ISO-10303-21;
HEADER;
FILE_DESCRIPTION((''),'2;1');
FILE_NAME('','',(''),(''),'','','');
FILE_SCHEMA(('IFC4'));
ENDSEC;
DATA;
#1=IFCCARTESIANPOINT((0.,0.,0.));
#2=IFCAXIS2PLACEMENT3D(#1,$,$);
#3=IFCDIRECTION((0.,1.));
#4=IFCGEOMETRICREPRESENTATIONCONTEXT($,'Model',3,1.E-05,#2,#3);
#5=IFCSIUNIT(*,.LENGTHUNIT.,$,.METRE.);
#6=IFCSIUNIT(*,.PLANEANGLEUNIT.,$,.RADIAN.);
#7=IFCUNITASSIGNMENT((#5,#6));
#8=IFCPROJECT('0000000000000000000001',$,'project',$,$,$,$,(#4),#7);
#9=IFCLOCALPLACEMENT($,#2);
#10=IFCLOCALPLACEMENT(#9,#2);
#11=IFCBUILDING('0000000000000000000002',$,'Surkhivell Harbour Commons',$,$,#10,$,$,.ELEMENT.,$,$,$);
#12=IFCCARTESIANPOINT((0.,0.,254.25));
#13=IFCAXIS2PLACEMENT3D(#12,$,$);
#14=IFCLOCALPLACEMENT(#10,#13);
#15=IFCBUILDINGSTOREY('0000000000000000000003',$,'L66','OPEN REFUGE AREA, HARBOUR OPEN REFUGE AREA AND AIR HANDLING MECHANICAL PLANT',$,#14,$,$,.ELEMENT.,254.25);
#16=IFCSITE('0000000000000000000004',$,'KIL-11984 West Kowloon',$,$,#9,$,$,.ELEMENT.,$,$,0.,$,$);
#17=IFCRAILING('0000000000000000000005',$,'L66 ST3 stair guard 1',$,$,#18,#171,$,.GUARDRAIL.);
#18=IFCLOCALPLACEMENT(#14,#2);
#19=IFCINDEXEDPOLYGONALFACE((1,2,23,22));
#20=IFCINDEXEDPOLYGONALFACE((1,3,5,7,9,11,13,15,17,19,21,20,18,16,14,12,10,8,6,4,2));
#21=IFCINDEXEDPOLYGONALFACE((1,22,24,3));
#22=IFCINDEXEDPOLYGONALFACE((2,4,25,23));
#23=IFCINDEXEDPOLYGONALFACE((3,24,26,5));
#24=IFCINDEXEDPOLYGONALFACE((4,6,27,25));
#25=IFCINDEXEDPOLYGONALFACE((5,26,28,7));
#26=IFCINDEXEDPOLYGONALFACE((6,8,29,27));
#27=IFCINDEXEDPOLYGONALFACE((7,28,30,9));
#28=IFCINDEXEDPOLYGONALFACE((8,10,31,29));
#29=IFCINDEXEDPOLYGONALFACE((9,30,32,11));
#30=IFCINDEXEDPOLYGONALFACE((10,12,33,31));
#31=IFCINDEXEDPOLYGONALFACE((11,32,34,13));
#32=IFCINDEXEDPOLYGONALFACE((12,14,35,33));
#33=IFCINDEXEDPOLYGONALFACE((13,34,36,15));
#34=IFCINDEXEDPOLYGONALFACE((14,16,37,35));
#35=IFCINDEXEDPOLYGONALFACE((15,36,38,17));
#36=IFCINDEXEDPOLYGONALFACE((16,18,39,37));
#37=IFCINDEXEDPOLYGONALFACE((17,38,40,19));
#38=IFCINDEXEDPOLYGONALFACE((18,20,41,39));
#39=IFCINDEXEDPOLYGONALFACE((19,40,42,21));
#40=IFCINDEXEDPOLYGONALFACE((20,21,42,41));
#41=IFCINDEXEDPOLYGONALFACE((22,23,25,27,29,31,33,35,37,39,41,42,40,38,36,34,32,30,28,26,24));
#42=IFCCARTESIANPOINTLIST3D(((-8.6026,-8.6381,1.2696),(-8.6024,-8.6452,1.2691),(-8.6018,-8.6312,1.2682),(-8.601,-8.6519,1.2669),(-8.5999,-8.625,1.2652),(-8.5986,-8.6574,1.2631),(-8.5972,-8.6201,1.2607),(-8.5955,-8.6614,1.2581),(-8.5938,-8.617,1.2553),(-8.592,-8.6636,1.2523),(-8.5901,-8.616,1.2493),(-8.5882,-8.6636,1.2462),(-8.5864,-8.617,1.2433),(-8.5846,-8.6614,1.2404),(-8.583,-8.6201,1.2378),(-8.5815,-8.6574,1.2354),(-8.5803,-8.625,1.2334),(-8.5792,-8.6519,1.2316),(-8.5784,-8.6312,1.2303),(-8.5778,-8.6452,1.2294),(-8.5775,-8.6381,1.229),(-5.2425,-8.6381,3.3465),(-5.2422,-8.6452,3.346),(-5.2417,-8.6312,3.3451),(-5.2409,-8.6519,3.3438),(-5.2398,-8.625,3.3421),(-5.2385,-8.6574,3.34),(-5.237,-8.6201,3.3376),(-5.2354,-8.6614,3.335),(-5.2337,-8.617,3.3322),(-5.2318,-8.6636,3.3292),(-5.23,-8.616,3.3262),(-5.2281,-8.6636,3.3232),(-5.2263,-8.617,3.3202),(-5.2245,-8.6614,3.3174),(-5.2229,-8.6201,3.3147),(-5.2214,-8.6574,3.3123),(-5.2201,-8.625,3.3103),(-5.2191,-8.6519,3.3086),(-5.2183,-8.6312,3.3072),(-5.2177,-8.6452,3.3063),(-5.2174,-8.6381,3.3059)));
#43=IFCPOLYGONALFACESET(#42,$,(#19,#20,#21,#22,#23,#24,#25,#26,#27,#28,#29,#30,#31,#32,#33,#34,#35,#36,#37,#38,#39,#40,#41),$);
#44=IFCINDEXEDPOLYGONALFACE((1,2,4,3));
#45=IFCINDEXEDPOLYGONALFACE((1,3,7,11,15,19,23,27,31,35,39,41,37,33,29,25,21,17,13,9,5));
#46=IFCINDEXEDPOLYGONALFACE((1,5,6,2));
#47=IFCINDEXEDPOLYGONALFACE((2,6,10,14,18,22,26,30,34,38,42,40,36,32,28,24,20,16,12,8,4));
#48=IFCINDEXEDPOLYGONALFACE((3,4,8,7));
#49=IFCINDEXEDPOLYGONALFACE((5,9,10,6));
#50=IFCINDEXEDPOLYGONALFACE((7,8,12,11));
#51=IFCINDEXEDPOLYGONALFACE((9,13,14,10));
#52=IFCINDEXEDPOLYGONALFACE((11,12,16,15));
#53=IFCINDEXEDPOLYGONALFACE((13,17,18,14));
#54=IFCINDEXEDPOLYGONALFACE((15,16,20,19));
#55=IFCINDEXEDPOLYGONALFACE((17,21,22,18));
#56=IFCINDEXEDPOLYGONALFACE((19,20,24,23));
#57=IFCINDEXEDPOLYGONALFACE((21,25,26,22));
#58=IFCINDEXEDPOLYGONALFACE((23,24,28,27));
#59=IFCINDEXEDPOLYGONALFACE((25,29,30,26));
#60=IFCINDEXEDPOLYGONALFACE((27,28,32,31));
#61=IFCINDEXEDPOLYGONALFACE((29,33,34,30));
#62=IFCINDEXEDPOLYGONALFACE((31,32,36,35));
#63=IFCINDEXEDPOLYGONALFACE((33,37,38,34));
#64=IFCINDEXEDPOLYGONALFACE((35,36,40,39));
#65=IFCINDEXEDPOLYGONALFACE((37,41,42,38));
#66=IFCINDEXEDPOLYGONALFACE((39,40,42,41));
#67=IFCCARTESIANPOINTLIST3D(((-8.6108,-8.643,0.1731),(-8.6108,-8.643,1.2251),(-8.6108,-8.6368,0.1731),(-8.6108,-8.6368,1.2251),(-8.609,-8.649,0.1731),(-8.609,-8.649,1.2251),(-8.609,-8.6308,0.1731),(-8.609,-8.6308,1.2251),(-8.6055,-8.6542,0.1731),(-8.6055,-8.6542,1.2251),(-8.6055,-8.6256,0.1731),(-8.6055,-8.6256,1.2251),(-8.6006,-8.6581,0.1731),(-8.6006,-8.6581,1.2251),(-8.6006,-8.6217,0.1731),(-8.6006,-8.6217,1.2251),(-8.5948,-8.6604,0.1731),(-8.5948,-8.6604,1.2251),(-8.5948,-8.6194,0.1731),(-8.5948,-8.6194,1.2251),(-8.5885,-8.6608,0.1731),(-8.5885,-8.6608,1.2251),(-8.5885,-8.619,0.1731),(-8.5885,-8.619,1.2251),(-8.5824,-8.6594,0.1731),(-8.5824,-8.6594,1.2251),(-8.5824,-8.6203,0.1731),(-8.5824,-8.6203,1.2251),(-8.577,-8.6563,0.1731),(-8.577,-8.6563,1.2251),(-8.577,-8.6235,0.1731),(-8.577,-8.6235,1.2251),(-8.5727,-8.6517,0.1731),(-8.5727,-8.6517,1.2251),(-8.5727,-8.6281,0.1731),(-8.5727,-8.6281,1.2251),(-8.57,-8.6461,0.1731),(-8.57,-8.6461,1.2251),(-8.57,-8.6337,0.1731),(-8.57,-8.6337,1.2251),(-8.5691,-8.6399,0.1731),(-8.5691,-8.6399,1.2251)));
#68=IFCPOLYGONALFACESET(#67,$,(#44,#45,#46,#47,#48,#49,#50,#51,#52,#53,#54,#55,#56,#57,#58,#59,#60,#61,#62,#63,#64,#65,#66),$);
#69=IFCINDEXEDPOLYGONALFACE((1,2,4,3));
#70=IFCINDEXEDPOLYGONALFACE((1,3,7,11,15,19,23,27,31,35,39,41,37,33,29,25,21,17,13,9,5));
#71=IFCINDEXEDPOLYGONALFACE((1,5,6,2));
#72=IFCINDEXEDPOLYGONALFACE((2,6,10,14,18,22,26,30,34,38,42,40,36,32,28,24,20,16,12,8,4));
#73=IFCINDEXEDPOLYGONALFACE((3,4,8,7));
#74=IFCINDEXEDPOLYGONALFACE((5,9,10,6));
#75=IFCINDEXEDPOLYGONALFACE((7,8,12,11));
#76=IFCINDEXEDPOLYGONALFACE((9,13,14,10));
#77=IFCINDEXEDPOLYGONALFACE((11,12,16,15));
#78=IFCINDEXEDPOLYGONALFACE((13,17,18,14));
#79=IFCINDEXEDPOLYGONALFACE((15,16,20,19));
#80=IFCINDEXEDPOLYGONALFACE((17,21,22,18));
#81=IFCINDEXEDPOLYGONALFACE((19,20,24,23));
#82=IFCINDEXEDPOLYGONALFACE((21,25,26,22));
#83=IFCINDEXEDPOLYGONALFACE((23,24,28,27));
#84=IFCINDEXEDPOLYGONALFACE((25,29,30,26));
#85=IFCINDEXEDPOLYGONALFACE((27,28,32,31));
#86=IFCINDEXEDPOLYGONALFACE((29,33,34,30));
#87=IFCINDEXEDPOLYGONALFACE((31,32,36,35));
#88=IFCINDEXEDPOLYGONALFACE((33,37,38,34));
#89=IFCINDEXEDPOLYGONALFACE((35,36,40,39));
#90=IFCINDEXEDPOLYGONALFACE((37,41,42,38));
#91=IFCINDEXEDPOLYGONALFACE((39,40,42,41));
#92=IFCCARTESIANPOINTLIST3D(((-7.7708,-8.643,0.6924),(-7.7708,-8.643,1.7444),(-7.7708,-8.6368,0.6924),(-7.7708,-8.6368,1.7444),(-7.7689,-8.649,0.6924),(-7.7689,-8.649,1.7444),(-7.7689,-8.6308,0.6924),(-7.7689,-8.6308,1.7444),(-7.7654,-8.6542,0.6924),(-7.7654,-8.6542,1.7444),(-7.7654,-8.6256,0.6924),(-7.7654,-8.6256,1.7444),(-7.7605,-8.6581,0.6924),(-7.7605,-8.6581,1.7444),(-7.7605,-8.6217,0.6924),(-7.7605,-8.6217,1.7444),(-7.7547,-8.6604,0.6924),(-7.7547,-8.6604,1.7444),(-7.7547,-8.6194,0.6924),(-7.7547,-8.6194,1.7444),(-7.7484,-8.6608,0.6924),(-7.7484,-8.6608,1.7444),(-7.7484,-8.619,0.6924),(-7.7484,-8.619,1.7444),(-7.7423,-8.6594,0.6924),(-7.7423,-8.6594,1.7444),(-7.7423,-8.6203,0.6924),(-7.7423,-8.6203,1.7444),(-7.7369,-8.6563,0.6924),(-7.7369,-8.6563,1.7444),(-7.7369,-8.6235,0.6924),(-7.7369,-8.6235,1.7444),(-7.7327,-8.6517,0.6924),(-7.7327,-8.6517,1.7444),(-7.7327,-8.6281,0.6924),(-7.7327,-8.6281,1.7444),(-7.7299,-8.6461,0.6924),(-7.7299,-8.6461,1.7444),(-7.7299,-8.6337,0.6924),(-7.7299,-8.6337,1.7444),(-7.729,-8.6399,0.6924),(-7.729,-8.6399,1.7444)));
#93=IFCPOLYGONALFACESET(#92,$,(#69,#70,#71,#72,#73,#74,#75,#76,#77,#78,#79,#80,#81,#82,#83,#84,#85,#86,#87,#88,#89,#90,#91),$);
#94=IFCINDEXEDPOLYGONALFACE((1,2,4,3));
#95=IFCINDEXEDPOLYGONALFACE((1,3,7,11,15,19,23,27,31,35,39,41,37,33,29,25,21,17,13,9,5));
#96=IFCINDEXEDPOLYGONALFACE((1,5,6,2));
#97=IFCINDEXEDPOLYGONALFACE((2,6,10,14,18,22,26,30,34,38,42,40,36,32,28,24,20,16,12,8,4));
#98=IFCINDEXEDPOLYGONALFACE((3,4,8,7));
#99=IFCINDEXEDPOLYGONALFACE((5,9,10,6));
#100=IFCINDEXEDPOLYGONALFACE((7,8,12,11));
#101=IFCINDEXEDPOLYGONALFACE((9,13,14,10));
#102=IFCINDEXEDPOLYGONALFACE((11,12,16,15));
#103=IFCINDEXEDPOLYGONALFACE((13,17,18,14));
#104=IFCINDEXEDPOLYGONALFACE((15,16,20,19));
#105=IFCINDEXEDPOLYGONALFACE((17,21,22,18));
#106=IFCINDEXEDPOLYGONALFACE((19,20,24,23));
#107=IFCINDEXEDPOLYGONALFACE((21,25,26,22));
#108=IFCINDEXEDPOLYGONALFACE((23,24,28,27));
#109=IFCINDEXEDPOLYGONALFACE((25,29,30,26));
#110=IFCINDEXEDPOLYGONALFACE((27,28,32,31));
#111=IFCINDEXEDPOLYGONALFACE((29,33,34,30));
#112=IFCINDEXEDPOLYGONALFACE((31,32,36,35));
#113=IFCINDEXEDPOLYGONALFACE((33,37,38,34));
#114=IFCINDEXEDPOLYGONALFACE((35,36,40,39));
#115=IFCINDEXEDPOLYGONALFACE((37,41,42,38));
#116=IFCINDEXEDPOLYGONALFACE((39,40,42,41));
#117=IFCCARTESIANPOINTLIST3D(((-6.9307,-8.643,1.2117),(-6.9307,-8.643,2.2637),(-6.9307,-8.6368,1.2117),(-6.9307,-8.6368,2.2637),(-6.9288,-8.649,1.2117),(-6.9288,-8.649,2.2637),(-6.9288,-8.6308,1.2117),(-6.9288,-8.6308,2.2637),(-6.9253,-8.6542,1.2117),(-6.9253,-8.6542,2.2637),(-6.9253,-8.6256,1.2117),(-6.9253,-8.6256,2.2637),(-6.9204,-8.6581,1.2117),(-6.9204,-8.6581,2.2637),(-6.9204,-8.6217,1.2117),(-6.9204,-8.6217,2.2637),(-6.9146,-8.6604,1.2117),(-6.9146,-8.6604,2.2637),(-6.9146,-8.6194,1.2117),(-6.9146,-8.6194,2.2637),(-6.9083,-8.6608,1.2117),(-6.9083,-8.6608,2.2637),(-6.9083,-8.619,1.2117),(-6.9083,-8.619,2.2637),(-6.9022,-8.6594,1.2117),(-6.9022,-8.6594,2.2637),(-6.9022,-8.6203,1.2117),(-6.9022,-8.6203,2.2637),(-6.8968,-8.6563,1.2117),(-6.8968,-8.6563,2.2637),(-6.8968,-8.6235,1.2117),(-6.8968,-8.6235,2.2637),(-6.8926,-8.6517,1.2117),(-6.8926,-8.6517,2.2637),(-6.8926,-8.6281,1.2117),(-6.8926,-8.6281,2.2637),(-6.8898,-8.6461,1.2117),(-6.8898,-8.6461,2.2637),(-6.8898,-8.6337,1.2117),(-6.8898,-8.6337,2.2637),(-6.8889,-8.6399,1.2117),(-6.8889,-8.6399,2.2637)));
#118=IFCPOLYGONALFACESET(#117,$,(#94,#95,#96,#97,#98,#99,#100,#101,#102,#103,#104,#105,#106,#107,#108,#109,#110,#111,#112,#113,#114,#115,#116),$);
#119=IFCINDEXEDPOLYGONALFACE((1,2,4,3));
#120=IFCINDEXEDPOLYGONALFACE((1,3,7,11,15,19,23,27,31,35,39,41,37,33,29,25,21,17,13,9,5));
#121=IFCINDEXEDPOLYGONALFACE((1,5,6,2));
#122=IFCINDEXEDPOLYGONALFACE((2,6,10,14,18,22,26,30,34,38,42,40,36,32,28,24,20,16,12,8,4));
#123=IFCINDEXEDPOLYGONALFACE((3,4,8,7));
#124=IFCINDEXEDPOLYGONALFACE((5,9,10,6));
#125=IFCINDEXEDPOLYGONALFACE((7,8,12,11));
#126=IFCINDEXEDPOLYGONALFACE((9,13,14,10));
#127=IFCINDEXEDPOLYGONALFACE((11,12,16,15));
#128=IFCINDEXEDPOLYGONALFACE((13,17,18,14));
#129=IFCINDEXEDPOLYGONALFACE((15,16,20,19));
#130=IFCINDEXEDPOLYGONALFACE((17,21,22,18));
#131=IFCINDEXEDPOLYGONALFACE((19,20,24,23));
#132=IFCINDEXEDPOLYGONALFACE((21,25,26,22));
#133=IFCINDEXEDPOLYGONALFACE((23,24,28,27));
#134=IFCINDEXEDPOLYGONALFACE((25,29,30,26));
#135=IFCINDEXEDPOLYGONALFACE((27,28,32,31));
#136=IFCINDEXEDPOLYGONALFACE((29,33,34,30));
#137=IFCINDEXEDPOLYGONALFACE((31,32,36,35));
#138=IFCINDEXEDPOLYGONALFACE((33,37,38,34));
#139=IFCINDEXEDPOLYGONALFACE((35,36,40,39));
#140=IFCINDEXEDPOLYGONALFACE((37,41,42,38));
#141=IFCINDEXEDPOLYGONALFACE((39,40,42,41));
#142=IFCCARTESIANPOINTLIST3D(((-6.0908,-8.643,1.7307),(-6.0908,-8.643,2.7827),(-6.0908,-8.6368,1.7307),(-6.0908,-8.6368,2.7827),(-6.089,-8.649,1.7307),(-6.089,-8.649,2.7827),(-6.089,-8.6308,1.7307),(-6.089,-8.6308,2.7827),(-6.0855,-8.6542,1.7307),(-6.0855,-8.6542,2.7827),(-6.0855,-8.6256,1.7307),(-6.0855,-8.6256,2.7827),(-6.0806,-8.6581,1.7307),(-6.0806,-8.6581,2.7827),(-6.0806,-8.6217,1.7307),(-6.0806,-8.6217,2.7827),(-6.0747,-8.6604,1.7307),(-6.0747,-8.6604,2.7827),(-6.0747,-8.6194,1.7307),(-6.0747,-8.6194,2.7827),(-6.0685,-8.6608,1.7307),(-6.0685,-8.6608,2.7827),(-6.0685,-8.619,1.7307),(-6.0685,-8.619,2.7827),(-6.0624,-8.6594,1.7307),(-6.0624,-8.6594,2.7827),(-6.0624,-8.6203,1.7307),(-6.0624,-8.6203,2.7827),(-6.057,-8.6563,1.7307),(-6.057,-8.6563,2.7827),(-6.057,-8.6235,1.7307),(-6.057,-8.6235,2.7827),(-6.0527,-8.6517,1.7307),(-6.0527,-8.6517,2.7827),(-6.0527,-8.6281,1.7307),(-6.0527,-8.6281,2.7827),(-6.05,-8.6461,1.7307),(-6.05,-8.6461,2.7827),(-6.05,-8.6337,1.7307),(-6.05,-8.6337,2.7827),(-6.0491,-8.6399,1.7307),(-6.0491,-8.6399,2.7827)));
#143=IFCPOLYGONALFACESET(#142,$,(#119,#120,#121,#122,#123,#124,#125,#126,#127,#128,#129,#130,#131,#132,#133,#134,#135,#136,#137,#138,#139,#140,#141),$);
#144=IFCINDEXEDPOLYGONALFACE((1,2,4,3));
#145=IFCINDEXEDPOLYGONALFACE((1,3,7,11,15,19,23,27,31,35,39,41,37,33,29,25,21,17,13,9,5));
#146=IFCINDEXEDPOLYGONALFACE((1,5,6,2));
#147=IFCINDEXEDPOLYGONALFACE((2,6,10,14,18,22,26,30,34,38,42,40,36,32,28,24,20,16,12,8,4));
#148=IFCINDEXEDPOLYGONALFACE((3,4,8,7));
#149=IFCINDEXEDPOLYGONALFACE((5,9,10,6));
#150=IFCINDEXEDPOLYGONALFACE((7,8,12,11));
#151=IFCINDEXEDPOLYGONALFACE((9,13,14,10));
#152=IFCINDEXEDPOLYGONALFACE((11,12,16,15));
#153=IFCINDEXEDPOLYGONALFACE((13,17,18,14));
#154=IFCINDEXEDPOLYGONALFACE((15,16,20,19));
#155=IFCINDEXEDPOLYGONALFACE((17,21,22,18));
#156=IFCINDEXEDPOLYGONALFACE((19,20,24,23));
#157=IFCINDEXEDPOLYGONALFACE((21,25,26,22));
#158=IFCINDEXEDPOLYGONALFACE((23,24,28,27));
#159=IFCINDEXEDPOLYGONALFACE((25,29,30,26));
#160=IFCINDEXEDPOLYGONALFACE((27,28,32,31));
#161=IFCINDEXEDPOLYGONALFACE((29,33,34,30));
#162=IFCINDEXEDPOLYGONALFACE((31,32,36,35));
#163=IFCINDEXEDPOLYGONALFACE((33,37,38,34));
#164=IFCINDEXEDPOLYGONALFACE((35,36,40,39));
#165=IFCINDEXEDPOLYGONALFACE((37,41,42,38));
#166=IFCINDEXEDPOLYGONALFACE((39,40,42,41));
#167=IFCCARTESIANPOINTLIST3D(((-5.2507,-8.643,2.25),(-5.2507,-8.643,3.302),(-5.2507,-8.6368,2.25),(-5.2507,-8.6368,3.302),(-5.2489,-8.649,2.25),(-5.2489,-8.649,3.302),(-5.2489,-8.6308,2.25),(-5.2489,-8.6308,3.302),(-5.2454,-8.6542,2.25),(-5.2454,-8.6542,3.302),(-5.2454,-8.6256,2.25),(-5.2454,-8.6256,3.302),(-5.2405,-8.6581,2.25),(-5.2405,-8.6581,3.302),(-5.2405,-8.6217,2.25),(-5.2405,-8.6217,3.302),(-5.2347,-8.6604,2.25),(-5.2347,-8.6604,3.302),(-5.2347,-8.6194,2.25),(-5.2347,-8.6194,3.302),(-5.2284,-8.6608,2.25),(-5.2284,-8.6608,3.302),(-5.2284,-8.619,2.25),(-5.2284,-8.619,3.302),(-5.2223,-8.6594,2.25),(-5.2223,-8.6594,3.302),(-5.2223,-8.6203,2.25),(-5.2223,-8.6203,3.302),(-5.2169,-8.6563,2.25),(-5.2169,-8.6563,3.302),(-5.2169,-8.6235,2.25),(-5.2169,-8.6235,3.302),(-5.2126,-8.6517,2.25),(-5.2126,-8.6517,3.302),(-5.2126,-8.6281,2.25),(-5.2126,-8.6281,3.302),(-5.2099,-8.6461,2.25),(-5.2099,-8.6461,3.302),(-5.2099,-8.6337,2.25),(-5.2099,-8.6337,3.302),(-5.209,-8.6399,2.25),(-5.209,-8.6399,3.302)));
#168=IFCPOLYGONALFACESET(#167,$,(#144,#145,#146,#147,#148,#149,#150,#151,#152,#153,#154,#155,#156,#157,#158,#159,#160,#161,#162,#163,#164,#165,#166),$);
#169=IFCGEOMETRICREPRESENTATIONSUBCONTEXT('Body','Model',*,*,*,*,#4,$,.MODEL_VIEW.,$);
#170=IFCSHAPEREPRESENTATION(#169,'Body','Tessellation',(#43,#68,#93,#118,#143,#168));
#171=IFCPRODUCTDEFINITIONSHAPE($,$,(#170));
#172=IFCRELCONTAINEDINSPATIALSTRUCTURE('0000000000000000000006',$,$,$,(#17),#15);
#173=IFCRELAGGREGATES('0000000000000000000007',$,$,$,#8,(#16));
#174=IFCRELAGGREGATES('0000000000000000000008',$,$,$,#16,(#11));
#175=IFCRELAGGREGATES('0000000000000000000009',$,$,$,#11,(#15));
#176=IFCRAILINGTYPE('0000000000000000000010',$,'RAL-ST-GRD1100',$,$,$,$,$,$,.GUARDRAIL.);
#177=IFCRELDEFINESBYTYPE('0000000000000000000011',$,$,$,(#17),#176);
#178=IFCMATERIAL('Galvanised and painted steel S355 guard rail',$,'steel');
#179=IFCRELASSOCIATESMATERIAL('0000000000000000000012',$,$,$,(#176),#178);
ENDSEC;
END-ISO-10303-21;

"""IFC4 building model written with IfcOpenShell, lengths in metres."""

from ifc_helpers import new_model, si_unit, direction, frame, origin, origin_2d, place, context, subcontext, project, spatial, circle, extrude, material, type_object, element, save


model = new_model("IFC4")

# Units and contexts
model_context = context("Model", 3, precision=1e-05, world=origin(), true_north=direction((0.0, 1.0)))
body_context = subcontext(model_context, "Body", "Model", "MODEL_VIEW")
ifc_project = project(units=[si_unit("LENGTHUNIT", "METRE"), si_unit("PLANEANGLEUNIT", "RADIAN")], contexts=[model_context])

# Site, building, storey
site_placement = place(None, origin())
site = spatial("IfcSite", under=ifc_project, at=site_placement, Name="KIL-11984 West Kowloon", CompositionType="ELEMENT", RefElevation=0.0)
building_placement = place(site_placement, origin())
building = spatial("IfcBuilding", under=site, at=building_placement, Name="Surkhivell Harbour Commons", CompositionType="ELEMENT")
storey_placement = place(building_placement, frame((0.0, 0.0, 254.25)))
storey = spatial("IfcBuildingStorey", under=building, at=storey_placement, Name="L66", Description="OPEN REFUGE AREA, HARBOUR OPEN REFUGE AREA AND AIR HANDLING MECHANICAL PLANT", CompositionType="ELEMENT", Elevation=254.25)

# Railing
ifc_material_1 = material(Name="Galvanised and painted steel S355 guard rail", Category="steel")
railing_type_1 = type_object("IfcRailingType", Name="RAL-ST-GRD1100", PredefinedType="GUARDRAIL", material=ifc_material_1)
railing_1_placement = place(storey_placement, frame((-8.5901, -8.6399, 0.1731)))
element("IfcRailing", 1, at=railing_1_placement, inside=storey, type_object=railing_type_1, Name="L66 ST3 stair guard 1", PredefinedType="GUARDRAIL", context=body_context, shape_type="SweptSolid", body=[
    extrude(circle(Radius=0.0239, at=origin_2d()), frame((0.0, 0.0, 1.0762), z_axis=(0.850623, 0.0, 0.525776), x_axis=(0.0, 1.0, 0.0)), (0.0, 0.0, 1.0), 3.9502),
    extrude(circle(Radius=0.021, at=origin_2d()), origin(), (0.0, 0.0, 1.0), 1.052),
    extrude(circle(Radius=0.021, at=origin_2d()), frame((0.8401, 0.0, 0.5193)), (0.0, 0.0, 1.0), 1.052),
    extrude(circle(Radius=0.021, at=origin_2d()), frame((1.6802, 0.0, 1.0386)), (0.0, 0.0, 1.0), 1.052),
    extrude(circle(Radius=0.021, at=origin_2d()), frame((2.52, 0.0, 1.5576)), (0.0, 0.0, 1.0), 1.052),
    extrude(circle(Radius=0.021, at=origin_2d()), frame((3.3601, 0.0, 2.0769)), (0.0, 0.0, 1.0), 1.052),
])

save(model, "model.ifc")
